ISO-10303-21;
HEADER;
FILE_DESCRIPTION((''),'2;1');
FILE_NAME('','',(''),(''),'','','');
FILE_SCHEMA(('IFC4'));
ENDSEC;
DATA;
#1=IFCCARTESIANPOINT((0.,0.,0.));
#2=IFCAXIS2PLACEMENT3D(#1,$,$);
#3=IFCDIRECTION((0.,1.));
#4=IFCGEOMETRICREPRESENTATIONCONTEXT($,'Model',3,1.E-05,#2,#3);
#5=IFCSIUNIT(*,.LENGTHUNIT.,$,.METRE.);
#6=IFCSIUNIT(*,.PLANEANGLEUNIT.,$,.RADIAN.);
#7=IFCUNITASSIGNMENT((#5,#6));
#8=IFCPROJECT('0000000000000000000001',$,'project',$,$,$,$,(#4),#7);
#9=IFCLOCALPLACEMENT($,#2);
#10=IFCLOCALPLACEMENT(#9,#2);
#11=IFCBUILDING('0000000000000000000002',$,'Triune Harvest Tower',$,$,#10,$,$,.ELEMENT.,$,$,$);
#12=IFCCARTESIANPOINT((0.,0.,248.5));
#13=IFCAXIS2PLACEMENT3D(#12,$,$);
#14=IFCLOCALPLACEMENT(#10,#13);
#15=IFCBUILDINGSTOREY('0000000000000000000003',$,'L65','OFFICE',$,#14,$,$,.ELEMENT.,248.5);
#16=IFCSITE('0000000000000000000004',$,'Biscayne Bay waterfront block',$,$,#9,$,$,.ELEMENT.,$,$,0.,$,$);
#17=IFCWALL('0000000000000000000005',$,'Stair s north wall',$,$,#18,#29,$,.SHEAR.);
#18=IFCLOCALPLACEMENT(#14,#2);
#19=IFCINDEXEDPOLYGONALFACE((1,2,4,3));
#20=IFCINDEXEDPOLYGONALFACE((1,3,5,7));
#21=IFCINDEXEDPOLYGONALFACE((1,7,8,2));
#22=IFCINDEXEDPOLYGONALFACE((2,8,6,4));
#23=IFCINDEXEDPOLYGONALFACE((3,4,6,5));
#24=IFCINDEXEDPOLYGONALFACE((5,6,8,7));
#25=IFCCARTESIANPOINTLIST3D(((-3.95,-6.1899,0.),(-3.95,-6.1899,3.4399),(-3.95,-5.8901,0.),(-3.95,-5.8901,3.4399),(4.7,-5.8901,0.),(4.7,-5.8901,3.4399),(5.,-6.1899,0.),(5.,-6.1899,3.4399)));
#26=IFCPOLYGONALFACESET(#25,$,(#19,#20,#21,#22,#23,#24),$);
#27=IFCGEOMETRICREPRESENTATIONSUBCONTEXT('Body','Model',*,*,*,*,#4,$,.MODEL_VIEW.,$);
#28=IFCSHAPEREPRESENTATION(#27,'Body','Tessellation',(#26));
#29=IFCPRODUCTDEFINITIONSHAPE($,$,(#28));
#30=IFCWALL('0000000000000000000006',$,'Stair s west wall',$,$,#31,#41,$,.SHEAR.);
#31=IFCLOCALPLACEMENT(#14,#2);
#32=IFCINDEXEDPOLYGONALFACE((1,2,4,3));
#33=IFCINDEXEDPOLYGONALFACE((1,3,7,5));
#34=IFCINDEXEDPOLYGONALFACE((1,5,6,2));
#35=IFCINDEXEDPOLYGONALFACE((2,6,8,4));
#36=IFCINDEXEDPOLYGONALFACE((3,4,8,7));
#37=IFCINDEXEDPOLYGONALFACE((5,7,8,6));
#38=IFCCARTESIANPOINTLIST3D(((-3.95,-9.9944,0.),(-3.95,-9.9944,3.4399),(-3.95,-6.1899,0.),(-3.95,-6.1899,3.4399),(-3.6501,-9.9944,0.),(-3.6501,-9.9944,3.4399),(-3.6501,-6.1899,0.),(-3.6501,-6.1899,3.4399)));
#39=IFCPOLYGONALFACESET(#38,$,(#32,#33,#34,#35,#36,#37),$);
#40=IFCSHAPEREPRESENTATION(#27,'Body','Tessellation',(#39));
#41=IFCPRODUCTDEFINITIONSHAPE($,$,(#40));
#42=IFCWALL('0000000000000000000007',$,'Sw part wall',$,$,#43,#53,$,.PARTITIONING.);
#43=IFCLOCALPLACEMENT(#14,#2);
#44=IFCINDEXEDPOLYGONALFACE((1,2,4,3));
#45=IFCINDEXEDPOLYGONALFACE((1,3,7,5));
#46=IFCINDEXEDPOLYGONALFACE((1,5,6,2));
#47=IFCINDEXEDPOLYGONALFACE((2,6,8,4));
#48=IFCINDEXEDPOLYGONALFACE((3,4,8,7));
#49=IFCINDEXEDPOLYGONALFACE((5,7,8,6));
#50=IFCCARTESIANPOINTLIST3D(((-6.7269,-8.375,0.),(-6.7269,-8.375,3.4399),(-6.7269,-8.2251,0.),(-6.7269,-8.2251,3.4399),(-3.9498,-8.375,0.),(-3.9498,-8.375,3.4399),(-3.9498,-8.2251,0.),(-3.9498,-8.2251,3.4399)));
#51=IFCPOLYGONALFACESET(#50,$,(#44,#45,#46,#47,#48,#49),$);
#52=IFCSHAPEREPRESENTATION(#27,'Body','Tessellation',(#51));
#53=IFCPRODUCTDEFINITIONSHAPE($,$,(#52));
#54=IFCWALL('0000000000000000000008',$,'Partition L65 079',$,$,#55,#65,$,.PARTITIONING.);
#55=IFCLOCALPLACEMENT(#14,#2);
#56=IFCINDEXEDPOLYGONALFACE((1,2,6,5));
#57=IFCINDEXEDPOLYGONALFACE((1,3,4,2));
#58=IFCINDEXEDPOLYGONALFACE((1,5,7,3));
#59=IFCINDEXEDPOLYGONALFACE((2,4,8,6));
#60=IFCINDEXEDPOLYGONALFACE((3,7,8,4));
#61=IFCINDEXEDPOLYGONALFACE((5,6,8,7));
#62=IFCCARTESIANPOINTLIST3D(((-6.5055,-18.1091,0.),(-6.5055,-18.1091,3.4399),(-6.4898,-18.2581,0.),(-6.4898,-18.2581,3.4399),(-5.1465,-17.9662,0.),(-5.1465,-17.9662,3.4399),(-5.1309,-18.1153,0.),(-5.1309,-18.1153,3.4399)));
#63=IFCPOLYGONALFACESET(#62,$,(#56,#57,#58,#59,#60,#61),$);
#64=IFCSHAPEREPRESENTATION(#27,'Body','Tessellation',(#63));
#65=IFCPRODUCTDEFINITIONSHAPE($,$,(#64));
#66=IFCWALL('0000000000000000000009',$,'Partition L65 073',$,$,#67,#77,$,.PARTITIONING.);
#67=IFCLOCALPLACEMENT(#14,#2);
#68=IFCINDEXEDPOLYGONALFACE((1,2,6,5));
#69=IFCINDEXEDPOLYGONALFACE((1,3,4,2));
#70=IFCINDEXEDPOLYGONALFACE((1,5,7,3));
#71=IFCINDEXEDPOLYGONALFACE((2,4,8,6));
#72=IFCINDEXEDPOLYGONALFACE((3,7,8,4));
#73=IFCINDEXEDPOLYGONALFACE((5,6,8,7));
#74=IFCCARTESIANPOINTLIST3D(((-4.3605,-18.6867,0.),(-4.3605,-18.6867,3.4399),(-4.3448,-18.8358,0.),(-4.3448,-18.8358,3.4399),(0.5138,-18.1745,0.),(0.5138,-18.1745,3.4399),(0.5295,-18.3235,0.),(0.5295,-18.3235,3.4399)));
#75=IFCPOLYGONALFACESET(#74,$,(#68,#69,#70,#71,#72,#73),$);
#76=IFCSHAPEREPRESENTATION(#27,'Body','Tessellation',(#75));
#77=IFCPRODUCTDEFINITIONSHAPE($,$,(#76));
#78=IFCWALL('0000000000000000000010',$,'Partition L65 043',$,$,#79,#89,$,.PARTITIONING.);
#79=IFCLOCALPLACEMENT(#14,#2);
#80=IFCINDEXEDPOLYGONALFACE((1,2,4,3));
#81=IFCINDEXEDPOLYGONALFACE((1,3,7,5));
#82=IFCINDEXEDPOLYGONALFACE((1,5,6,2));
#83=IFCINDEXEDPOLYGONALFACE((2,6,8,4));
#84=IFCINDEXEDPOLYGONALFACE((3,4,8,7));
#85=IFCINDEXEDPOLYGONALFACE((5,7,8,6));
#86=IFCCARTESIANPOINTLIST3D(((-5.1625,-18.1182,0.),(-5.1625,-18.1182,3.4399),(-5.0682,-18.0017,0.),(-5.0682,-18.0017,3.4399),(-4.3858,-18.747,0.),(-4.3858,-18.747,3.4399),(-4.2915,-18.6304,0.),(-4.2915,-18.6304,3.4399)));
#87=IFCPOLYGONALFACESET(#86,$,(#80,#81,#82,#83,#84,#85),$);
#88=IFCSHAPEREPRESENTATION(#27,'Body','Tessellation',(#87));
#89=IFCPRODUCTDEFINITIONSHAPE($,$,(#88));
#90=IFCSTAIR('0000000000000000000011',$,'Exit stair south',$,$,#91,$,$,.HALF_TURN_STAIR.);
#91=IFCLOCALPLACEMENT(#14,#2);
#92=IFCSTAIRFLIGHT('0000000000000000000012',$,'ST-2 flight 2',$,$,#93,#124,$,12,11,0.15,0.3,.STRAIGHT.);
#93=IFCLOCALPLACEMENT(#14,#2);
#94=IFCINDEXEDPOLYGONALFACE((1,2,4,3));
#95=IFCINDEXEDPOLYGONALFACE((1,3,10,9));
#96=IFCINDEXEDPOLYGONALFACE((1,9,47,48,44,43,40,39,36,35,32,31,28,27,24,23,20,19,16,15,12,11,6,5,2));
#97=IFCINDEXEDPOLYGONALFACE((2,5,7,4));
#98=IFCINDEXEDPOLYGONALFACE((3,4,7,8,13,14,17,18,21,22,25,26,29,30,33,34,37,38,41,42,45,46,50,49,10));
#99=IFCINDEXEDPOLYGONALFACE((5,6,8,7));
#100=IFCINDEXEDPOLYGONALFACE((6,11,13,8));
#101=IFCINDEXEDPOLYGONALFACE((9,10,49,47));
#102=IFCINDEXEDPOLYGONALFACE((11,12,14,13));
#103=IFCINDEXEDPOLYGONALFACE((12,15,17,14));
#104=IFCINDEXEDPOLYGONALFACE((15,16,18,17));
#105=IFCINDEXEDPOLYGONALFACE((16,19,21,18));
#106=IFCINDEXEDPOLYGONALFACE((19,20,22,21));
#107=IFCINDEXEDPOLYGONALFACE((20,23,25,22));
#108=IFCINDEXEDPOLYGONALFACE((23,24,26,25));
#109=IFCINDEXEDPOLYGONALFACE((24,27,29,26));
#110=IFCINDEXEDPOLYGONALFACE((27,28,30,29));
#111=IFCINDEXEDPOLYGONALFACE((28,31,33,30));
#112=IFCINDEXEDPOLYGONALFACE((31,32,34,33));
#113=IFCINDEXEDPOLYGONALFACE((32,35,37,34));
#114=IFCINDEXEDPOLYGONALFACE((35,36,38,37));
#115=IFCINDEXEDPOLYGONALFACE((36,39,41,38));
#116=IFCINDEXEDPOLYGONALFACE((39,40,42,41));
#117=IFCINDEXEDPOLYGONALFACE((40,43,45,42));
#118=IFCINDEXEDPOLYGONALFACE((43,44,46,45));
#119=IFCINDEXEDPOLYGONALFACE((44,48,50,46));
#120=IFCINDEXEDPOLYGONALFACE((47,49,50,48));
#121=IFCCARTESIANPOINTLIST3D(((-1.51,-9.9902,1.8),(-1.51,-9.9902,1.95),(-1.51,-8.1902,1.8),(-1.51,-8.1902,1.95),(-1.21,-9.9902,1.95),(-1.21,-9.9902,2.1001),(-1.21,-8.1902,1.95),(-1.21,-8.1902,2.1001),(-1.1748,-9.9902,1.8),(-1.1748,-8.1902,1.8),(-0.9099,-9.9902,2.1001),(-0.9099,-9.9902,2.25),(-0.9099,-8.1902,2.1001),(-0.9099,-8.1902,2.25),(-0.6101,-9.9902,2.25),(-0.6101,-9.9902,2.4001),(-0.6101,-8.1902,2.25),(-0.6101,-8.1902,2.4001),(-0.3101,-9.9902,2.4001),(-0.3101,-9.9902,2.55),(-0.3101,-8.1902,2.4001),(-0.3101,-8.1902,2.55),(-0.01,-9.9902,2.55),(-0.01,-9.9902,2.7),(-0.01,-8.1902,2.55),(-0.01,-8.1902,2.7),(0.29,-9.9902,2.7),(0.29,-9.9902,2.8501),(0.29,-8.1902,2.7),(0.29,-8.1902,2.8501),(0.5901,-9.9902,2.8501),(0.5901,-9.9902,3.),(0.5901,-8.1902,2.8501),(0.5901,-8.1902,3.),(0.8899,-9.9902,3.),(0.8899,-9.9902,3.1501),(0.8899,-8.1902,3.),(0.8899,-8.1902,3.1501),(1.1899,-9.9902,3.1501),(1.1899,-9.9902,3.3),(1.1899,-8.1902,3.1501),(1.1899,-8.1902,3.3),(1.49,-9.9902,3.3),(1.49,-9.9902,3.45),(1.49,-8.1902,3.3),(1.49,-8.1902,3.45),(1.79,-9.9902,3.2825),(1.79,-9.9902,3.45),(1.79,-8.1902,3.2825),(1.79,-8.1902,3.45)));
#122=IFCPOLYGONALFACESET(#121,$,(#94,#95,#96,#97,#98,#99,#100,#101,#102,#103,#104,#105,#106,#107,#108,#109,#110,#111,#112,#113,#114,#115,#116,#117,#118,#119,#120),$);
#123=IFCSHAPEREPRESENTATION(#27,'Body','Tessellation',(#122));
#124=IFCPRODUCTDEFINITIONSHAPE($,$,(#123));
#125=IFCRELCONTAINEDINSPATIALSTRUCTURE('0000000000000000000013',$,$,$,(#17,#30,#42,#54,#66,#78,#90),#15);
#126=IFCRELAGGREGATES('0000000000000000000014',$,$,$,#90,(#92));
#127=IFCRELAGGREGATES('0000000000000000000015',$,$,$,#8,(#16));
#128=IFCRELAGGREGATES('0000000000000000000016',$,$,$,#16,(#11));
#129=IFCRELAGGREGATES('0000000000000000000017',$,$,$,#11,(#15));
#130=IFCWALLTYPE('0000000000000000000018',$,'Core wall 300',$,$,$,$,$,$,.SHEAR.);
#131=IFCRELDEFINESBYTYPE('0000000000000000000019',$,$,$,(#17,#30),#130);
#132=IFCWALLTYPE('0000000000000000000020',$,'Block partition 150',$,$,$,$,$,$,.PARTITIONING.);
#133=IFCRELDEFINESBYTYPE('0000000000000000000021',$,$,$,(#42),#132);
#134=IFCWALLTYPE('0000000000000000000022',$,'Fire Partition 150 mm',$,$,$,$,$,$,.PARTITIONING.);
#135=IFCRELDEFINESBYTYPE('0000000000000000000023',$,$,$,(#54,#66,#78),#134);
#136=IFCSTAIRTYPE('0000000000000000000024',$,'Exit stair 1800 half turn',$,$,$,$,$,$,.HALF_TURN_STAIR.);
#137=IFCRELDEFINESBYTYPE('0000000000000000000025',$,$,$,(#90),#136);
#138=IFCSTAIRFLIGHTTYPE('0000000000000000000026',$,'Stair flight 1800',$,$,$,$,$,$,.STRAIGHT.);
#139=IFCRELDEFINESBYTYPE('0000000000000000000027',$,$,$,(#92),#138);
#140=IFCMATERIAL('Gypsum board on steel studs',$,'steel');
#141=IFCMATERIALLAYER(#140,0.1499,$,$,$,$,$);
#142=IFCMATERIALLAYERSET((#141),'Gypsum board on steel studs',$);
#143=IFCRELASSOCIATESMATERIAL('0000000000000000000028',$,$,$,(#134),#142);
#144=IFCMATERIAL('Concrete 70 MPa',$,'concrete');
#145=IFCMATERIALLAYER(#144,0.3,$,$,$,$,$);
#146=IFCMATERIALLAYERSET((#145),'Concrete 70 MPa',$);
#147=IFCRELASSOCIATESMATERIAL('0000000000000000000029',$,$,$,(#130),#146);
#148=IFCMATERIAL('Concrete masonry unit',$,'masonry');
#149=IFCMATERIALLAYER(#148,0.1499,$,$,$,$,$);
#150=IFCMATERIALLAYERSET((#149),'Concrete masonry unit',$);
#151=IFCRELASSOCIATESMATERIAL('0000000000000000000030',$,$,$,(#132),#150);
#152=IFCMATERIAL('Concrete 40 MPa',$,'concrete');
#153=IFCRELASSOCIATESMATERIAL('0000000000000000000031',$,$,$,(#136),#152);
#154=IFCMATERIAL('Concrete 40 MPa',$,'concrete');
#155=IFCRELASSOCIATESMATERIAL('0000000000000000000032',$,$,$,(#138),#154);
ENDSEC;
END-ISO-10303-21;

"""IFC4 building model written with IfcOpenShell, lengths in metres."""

from ifc_helpers import new_model, si_unit, direction, frame, frame_2d, origin, place, context, subcontext, project, spatial, polyline, rectangle, outline, extrude, source, transform, mapped, material, layer, layer_set, type_object, element, aggregate, save


model = new_model("IFC4")

# Units and contexts
model_context = context("Model", 3, precision=1e-05, world=origin(), true_north=direction((0.0, 1.0)))
body_context = subcontext(model_context, "Body", "Model", "MODEL_VIEW")
ifc_project = project(units=[si_unit("LENGTHUNIT", "METRE"), si_unit("PLANEANGLEUNIT", "RADIAN")], contexts=[model_context])

# Site, building, storey
site_placement = place(None, origin())
site = spatial("IfcSite", under=ifc_project, at=site_placement, Name="Biscayne Bay waterfront block", CompositionType="ELEMENT", RefElevation=0.0)
building_placement = place(site_placement, origin())
building = spatial("IfcBuilding", under=site, at=building_placement, Name="Triune Harvest Tower", CompositionType="ELEMENT")
storey_placement = place(building_placement, frame((0.0, 0.0, 248.5)))
storey = spatial("IfcBuildingStorey", under=building, at=storey_placement, Name="L65", Description="OFFICE", CompositionType="ELEMENT", Elevation=248.5)

# Shared definitions
ifc_material_1 = material(Name="Gypsum board on steel studs", Category="steel")
ifc_layer_1 = layer(ifc_material_1, 0.1499)
ifc_layer_set_1 = layer_set([ifc_layer_1], Name="Gypsum board on steel studs")
wall_type_1 = type_object("IfcWallType", Name="Fire Partition 150 mm", PredefinedType="PARTITIONING", material=ifc_layer_set_1)

# Walls
ifc_material_2 = material(Name="Concrete 70 MPa", Category="concrete")
ifc_layer_2 = layer(ifc_material_2, 0.3)
ifc_layer_set_2 = layer_set([ifc_layer_2], Name="Concrete 70 MPa")
wall_type_2 = type_object("IfcWallType", Name="Core wall 300", PredefinedType="SHEAR", material=ifc_layer_set_2)
shared_shape_1 = source(origin(), body_context, "Body", "SweptSolid", [
    extrude(outline(polyline([(0.0, -0.1499), (8.95, -0.1499), (8.6499, 0.1499), (0.0, 0.1499), (0.0, -0.1499)])), origin(), (0.0, 0.0, 1.0), 3.4399),
])
wall_1_placement = place(storey_placement, frame((-3.95, -6.04, 0.0), z_axis=(0.0, 0.0, 1.0), x_axis=(1.0, 0.0, 0.0)))
element("IfcWall", 1, at=wall_1_placement, inside=storey, type_object=wall_type_2, Name="Stair s north wall", PredefinedType="SHEAR", context=body_context, shape_type="MappedRepresentation", body=[
    mapped(shared_shape_1, transform((0.0, 0.0, 0.0), scale=1.0)),
])
shared_shape_2 = source(origin(), body_context, "Body", "SweptSolid", [
    extrude(outline(polyline([(3.8, -0.1499), (-0.0044, -0.1499), (-0.0044, 0.1499), (3.8, 0.1499), (3.8, -0.1499)])), origin(), (0.0, 0.0, 1.0), 3.4399),
])
wall_2_placement = place(storey_placement, frame((-3.8, -9.99, 0.0), z_axis=(0.0, 0.0, 1.0), x_axis=(0.0, 1.0, 0.0)))
element("IfcWall", 2, at=wall_2_placement, inside=storey, type_object=wall_type_2, Name="Stair s west wall", PredefinedType="SHEAR", context=body_context, shape_type="MappedRepresentation", body=[
    mapped(shared_shape_2, transform((0.0, 0.0, 0.0), scale=1.0)),
])
ifc_material_3 = material(Name="Concrete masonry unit", Category="masonry")
ifc_layer_3 = layer(ifc_material_3, 0.1499)
ifc_layer_set_3 = layer_set([ifc_layer_3], Name="Concrete masonry unit")
wall_type_3 = type_object("IfcWallType", Name="Block partition 150", PredefinedType="PARTITIONING", material=ifc_layer_set_3)
shared_shape_3 = source(origin(), body_context, "Body", "SweptSolid", [
    extrude(rectangle(XDim=2.7771, YDim=0.1499, at=frame_2d((1.3887, 0.0))), origin(), (0.0, 0.0, 1.0), 3.4399),
])
wall_3_placement = place(storey_placement, frame((-6.7271, -8.3, 0.0), z_axis=(0.0, 0.0, 1.0), x_axis=(1.0, 0.0, 0.0)))
element("IfcWall", 3, at=wall_3_placement, inside=storey, type_object=wall_type_3, Name="Sw part wall", PredefinedType="PARTITIONING", context=body_context, shape_type="MappedRepresentation", body=[
    mapped(shared_shape_3, transform((0.0, 0.0, 0.0), scale=1.0)),
])
shared_shape_4 = source(origin(), body_context, "Body", "SweptSolid", [
    extrude(rectangle(XDim=1.3665, YDim=0.1499, at=frame_2d((0.6831, 0.0))), origin(), (0.0, 0.0, 1.0), 3.4399),
])
wall_4_placement = place(storey_placement, frame((-6.4976, -18.1836, 0.0), z_axis=(0.0, 0.0, 1.0), x_axis=(0.994522, 0.104527, 0.0)))
element("IfcWall", 4, at=wall_4_placement, inside=storey, type_object=wall_type_1, Name="Partition L65 079", PredefinedType="PARTITIONING", context=body_context, shape_type="MappedRepresentation", body=[
    mapped(shared_shape_4, transform((0.0, 0.0, 0.0), scale=1.0)),
])
shared_shape_5 = source(origin(), body_context, "Body", "SweptSolid", [
    extrude(rectangle(XDim=4.9011, YDim=0.1499, at=frame_2d((2.4507, 0.0))), origin(), (0.0, 0.0, 1.0), 3.4399),
])
wall_5_placement = place(storey_placement, frame((-4.3528, -18.7612, 0.0), z_axis=(0.0, 0.0, 1.0), x_axis=(0.994524, 0.104508, 0.0)))
element("IfcWall", 5, at=wall_5_placement, inside=storey, type_object=wall_type_1, Name="Partition L65 073", PredefinedType="PARTITIONING", context=body_context, shape_type="MappedRepresentation", body=[
    mapped(shared_shape_5, transform((0.0, 0.0, 0.0), scale=1.0)),
])
shared_shape_6 = source(origin(), body_context, "Body", "SweptSolid", [
    extrude(rectangle(XDim=0.9993, YDim=0.1499, at=frame_2d((0.4995, 0.0))), origin(), (0.0, 0.0, 1.0), 3.4399),
])
wall_6_placement = place(storey_placement, frame((-5.1152, -18.0601, 0.0), z_axis=(0.0, 0.0, 1.0), x_axis=(0.777256, -0.629184, 0.0)))
element("IfcWall", 6, at=wall_6_placement, inside=storey, type_object=wall_type_1, Name="Partition L65 043", PredefinedType="PARTITIONING", context=body_context, shape_type="MappedRepresentation", body=[
    mapped(shared_shape_6, transform((0.0, 0.0, 0.0), scale=1.0)),
])

# Stair, stair flight
ifc_material_4 = material(Name="Concrete 40 MPa", Category="concrete")
stair_type = type_object("IfcStairType", Name="Exit stair 1800 half turn", PredefinedType="HALF_TURN_STAIR", material=ifc_material_4)
stair_placement = place(storey_placement, origin())
stair = element("IfcStair", 7, at=stair_placement, inside=storey, type_object=stair_type, Name="Exit stair south", PredefinedType="HALF_TURN_STAIR")
ifc_material_5 = material(Name="Concrete 40 MPa", Category="concrete")
stair_flight_type = type_object("IfcStairFlightType", Name="Stair flight 1800", PredefinedType="STRAIGHT", material=ifc_material_5)
shared_shape_7 = source(origin(), body_context, "Body", "SweptSolid", [
    extrude(outline(polyline([(0.0, 0.0), (0.0, 0.1499), (0.3, 0.1499), (0.3, 0.3), (0.6001, 0.3), (0.6001, 0.45), (0.8999, 0.45), (0.8999, 0.6001), (1.2, 0.6001), (1.2, 0.75), (1.5, 0.75), (1.5, 0.8999), (1.8, 0.8999), (1.8, 1.05), (2.1001, 1.05), (2.1001, 1.2), (2.3999, 1.2), (2.3999, 1.3501), (2.7, 1.3501), (2.7, 1.5), (3.0, 1.5), (3.0, 1.6499), (3.3, 1.6499), (3.3, 1.8), (3.3, 1.4824), (0.3352, 0.0), (0.0, 0.0)])), frame((0.0, 0.8999, 0.0), z_axis=(0.0, -1.0, 0.0), x_axis=(1.0, 0.0, 0.0)), (0.0, 0.0, 1.0), 1.8),
])
stair_flight_placement = place(storey_placement, frame((-1.51, -9.0901, 1.8), z_axis=(0.0, 0.0, 1.0), x_axis=(1.0, 0.0, 0.0)))
stair_flight = element("IfcStairFlight", 8, at=stair_flight_placement, type_object=stair_flight_type, Name="ST-2 flight 2", NumberOfRisers=12, NumberOfTreads=11, PredefinedType="STRAIGHT", RiserHeight=0.15, TreadLength=0.3, context=body_context, shape_type="MappedRepresentation", body=[
    mapped(shared_shape_7, transform((0.0, 0.0, 0.0), scale=1.0)),
])
aggregate(stair, [stair_flight])

save(model, "model.ifc")
